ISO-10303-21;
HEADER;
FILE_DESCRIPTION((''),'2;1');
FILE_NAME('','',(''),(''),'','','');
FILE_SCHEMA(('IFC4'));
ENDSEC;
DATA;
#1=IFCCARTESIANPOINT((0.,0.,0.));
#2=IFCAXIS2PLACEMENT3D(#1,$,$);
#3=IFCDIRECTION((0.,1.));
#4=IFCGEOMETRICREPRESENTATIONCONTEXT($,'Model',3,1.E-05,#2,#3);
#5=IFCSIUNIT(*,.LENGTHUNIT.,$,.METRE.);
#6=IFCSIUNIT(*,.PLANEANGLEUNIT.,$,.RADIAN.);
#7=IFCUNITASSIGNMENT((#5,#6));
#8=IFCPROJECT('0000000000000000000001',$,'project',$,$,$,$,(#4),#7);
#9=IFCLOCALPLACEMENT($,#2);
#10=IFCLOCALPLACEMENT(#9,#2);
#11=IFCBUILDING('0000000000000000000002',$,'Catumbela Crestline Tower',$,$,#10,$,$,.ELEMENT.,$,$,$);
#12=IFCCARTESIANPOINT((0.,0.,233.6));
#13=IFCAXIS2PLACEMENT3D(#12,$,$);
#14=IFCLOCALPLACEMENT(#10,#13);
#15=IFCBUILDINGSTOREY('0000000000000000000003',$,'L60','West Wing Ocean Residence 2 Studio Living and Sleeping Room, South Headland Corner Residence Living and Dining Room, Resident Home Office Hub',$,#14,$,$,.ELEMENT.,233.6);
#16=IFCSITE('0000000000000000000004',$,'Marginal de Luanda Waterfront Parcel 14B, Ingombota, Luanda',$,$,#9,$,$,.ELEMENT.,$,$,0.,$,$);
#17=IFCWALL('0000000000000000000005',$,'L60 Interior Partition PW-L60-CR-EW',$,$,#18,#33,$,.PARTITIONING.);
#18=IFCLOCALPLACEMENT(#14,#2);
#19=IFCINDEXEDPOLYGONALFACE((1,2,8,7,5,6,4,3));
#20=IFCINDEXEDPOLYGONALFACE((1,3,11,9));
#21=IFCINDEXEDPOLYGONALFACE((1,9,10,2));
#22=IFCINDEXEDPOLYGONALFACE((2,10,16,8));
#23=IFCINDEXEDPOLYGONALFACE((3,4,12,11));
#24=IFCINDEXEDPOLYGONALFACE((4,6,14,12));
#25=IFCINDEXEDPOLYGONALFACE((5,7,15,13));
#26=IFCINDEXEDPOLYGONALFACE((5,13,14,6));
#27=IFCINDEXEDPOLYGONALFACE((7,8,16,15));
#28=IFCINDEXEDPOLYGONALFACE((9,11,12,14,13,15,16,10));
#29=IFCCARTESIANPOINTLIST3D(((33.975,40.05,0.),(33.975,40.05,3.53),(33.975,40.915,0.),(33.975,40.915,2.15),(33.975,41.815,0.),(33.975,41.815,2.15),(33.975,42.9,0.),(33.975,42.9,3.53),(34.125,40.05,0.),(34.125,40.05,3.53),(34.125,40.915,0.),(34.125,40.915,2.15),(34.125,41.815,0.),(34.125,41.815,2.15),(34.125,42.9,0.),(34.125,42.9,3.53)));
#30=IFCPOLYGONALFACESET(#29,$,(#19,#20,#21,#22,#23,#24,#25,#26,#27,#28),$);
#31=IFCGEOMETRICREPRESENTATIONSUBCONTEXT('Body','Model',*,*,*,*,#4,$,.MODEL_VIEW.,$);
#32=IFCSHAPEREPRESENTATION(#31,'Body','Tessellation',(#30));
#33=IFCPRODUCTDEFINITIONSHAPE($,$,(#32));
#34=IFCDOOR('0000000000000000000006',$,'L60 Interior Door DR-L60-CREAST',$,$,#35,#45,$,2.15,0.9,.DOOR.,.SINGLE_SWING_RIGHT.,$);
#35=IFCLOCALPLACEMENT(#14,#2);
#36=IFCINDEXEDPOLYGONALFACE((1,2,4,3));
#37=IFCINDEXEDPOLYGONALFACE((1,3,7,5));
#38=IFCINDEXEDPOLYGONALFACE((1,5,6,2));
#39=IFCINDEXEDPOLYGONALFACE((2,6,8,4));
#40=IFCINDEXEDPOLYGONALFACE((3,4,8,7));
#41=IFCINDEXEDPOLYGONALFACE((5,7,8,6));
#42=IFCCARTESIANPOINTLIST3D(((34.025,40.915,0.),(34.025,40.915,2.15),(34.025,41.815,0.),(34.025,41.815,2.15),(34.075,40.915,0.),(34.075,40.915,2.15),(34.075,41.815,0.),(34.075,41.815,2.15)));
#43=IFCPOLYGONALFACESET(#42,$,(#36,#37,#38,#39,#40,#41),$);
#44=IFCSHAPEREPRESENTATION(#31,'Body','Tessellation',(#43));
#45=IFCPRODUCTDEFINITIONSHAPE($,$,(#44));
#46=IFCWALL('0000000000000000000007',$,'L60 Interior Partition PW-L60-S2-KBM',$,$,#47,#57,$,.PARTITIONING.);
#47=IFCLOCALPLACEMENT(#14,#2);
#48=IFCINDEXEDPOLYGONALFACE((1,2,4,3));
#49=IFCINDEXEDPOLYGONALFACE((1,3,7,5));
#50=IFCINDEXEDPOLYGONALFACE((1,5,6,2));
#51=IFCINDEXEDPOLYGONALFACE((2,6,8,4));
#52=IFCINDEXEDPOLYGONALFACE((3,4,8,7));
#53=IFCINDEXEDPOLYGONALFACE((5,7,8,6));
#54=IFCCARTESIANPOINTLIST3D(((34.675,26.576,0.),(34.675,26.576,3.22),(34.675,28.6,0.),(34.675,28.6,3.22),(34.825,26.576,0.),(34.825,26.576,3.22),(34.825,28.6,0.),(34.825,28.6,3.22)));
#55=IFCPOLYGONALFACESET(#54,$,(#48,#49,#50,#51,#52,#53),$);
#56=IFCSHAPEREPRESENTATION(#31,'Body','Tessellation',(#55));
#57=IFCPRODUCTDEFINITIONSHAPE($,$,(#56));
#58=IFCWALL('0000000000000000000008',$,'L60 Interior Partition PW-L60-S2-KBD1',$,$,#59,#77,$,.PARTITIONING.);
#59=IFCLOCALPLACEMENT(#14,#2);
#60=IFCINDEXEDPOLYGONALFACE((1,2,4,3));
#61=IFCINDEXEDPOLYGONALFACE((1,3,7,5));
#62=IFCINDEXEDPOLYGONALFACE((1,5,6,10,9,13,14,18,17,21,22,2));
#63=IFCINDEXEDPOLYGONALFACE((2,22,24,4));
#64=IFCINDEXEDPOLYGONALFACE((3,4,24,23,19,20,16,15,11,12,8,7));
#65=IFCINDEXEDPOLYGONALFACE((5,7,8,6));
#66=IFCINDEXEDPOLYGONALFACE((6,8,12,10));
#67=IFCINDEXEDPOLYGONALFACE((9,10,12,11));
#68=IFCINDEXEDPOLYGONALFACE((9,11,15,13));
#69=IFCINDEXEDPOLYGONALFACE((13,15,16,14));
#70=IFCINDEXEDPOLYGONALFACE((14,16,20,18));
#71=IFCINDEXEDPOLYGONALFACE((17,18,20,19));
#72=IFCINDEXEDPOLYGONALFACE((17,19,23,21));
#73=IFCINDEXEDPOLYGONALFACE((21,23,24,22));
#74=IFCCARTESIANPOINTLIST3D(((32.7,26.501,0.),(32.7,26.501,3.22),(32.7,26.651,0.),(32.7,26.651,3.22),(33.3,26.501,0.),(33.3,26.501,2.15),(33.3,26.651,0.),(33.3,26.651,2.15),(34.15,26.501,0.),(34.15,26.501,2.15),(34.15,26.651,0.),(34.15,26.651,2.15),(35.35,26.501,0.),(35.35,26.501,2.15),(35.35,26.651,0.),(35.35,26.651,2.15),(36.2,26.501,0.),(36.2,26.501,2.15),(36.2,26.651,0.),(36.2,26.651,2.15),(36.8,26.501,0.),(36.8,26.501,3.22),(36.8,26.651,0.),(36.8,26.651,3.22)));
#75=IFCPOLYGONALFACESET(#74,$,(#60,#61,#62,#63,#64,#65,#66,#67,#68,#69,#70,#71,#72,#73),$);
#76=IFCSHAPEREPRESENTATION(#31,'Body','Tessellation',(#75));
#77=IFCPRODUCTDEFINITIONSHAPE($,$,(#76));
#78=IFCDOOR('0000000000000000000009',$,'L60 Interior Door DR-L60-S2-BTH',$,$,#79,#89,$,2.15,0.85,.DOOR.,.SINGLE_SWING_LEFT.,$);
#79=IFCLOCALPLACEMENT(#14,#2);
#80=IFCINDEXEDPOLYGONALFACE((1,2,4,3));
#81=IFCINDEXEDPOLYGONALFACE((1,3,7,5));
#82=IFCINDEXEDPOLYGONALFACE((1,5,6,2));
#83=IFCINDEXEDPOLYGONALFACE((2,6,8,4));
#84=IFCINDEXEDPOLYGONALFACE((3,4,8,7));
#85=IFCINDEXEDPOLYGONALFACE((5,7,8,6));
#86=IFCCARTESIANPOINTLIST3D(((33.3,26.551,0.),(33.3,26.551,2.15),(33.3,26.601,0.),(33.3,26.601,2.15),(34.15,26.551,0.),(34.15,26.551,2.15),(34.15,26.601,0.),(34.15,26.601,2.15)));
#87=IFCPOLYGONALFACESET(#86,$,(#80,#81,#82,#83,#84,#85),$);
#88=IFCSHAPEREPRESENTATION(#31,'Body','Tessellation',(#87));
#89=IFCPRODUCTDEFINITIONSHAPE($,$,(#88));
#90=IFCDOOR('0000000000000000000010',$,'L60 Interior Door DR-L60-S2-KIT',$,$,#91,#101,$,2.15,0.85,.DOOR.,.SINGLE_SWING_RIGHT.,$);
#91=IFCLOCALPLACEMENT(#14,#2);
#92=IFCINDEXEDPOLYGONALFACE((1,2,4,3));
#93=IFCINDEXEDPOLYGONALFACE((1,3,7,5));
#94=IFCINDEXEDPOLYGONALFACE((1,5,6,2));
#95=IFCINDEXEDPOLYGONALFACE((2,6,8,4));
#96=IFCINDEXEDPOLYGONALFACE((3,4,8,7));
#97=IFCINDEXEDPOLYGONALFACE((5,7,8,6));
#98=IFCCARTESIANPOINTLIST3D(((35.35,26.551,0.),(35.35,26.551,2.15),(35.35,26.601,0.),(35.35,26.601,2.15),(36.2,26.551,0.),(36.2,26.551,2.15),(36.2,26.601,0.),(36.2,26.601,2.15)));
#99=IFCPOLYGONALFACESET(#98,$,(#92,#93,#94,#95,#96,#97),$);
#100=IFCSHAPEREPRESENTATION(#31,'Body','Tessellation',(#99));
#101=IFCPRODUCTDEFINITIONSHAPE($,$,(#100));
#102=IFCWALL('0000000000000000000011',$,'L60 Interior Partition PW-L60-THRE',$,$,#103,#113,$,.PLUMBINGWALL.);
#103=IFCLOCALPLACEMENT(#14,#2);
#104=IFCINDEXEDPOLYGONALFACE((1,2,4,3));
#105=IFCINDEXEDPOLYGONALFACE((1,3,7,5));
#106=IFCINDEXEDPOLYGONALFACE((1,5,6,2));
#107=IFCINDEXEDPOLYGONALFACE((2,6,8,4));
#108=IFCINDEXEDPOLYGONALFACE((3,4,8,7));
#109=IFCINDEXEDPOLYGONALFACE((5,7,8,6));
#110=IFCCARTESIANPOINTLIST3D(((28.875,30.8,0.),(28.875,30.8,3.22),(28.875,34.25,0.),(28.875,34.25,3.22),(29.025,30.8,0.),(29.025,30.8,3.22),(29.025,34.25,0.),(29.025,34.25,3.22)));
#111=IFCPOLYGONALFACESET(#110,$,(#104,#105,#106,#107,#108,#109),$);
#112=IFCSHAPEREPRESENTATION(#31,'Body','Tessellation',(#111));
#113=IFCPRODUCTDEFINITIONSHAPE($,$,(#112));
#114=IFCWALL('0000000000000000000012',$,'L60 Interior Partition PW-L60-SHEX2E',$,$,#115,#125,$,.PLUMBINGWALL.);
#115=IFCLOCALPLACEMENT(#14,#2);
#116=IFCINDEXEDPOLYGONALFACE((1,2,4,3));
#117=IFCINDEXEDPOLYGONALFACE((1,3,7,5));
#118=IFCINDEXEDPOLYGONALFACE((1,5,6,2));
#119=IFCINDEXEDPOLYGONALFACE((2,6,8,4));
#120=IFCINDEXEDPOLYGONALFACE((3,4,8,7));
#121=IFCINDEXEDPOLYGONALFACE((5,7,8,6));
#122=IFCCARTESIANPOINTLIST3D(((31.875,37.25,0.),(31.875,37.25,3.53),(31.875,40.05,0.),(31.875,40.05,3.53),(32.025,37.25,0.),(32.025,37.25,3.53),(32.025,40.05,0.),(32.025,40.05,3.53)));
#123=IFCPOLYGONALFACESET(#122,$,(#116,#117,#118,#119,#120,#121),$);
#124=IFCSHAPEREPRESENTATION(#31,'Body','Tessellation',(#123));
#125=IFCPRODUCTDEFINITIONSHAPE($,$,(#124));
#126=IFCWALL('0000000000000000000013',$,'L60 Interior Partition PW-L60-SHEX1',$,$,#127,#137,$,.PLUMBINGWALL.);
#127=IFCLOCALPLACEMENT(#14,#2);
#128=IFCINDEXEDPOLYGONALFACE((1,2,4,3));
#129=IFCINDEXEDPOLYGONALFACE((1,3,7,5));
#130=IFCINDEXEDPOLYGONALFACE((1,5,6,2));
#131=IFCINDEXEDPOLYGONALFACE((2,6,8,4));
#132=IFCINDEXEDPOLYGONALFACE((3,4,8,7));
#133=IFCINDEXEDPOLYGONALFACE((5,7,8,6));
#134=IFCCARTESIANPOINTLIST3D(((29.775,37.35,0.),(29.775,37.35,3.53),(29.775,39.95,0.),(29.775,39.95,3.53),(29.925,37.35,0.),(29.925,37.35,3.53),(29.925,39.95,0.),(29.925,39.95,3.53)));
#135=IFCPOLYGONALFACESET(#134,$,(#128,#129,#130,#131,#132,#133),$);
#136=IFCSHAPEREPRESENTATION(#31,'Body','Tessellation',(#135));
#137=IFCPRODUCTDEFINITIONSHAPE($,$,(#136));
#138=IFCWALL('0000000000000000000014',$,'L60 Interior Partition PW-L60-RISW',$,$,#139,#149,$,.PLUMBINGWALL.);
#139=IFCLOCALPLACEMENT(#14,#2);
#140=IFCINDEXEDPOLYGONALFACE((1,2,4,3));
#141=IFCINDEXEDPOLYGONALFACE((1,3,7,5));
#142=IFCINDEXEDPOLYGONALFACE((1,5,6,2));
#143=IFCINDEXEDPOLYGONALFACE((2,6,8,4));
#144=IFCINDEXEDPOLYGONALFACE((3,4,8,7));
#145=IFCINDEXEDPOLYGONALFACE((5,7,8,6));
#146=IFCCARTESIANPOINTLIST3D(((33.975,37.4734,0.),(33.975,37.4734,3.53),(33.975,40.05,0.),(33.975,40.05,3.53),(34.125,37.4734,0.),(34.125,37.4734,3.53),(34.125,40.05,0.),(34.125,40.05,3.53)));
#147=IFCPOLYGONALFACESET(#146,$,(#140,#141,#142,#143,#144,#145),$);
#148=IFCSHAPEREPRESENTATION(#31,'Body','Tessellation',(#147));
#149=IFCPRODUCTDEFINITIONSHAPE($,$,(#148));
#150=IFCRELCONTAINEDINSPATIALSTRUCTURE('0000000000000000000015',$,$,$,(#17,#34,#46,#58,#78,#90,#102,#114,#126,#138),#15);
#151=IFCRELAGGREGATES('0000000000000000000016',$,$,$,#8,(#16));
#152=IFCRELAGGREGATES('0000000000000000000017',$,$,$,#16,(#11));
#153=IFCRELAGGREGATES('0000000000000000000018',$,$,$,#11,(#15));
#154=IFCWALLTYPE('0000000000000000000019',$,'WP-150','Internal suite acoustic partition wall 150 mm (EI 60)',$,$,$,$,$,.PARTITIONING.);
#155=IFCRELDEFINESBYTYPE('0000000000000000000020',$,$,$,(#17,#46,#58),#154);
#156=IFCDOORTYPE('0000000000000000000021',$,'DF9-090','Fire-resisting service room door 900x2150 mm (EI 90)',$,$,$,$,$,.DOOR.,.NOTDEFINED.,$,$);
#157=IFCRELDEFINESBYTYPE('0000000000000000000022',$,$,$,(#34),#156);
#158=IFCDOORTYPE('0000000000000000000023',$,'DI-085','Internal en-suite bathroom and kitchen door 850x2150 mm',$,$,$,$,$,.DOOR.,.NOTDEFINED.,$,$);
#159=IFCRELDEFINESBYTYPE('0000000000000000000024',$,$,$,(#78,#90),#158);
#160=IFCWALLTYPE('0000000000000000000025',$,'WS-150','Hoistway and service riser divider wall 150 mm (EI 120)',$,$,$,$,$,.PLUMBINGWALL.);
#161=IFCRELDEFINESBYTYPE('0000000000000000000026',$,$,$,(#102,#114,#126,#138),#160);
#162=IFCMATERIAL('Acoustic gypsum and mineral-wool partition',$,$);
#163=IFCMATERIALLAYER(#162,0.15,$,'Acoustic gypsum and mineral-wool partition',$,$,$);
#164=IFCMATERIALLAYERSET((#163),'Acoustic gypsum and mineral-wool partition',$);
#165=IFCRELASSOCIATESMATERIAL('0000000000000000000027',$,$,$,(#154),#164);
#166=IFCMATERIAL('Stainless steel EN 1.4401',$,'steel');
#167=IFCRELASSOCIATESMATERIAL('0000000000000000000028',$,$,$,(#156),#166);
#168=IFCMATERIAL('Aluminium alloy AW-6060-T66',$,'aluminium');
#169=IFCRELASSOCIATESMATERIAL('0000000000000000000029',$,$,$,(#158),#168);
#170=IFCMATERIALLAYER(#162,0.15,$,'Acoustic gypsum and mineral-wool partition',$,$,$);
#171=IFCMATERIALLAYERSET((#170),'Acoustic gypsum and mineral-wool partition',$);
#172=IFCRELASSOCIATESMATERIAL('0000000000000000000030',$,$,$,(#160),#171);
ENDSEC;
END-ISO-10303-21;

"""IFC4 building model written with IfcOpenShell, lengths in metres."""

from ifc_helpers import new_model, si_unit, direction, frame, frame_2d, origin, place, context, subcontext, project, spatial, rectangle, extrude, material, layer, layer_set, type_object, element, fill, save


model = new_model("IFC4")

# Units and contexts
model_context = context("Model", 3, precision=1e-05, world=origin(), true_north=direction((0.0, 1.0)))
body_context = subcontext(model_context, "Body", "Model", "MODEL_VIEW")
ifc_project = project(units=[si_unit("LENGTHUNIT", "METRE"), si_unit("PLANEANGLEUNIT", "RADIAN")], contexts=[model_context])

# Site, building, storey
site_placement = place(None, origin())
site = spatial("IfcSite", under=ifc_project, at=site_placement, Name="Marginal de Luanda Waterfront Parcel 14B, Ingombota, Luanda", CompositionType="ELEMENT", RefElevation=0.0)
building_placement = place(site_placement, origin())
building = spatial("IfcBuilding", under=site, at=building_placement, Name="Catumbela Crestline Tower", CompositionType="ELEMENT")
storey_placement = place(building_placement, frame((0.0, 0.0, 233.6)))
storey = spatial("IfcBuildingStorey", under=building, at=storey_placement, Name="L60", Description="West Wing Ocean Residence 2 Studio Living and Sleeping Room, South Headland Corner Residence Living and Dining Room, Resident Home Office Hub", CompositionType="ELEMENT", Elevation=233.6)

# Shared definitions
ifc_material_1 = material(Name="Stainless steel EN 1.4401", Category="steel")

# Shared definitions
ifc_material_2 = material(Name="Acoustic gypsum and mineral-wool partition")
ifc_layer_1 = layer(ifc_material_2, 0.15, Name="Acoustic gypsum and mineral-wool partition")
ifc_layer_set_1 = layer_set([ifc_layer_1], Name="Acoustic gypsum and mineral-wool partition")
wall_type_1 = type_object("IfcWallType", Name="WP-150", Description="Internal suite acoustic partition wall 150 mm (EI 60)", PredefinedType="PARTITIONING", material=ifc_layer_set_1)

# Wall, opening, door
wall_1_placement = place(storey_placement, frame((34.05, 40.05, 0.0), z_axis=(0.0, 0.0, 1.0), x_axis=(0.0, 1.0, 0.0)))
wall_1 = element("IfcWall", 1, at=wall_1_placement, inside=storey, type_object=wall_type_1, Name="L60 Interior Partition PW-L60-CR-EW", PredefinedType="PARTITIONING", context=body_context, shape_type="SweptSolid", body=[
    extrude(rectangle(XDim=2.85, YDim=0.15, at=frame_2d((1.425, 0.0))), origin(), (0.0, 0.0, 1.0), 3.53),
])
opening_1_placement = place(wall_1_placement, frame((0.865, 0.0, 0.0)))
opening_1 = element("IfcOpeningElement", 2, at=opening_1_placement, cuts=wall_1, PredefinedType="OPENING", context=body_context, shape_type="SweptSolid", body=[
    extrude(rectangle(XDim=0.9, YDim=2.15, at=frame_2d((0.45, 1.075))), frame((0.0, 0.085, 0.0), z_axis=(0.0, -1.0, 0.0), x_axis=(1.0, 0.0, 0.0)), (0.0, 0.0, 1.0), 0.17),
])
door_type_1 = type_object("IfcDoorType", Name="DF9-090", Description="Fire-resisting service room door 900x2150 mm (EI 90)", OperationType="NOTDEFINED", PredefinedType="DOOR", material=ifc_material_1)
door_1_placement = place(opening_1_placement, origin())
door_1 = element("IfcDoor", 3, at=door_1_placement, inside=storey, type_object=door_type_1, Name="L60 Interior Door DR-L60-CREAST", OperationType="SINGLE_SWING_RIGHT", OverallHeight=2.15, OverallWidth=0.9, PredefinedType="DOOR", context=body_context, shape_type="SweptSolid", body=[
    extrude(rectangle(XDim=0.9, YDim=2.15, at=frame_2d((0.45, 1.075))), frame((0.0, 0.025, 0.0), z_axis=(0.0, -1.0, 0.0), x_axis=(1.0, 0.0, 0.0)), (0.0, 0.0, 1.0), 0.05),
])
fill(opening_1, door_1)

# Wall
wall_2_placement = place(storey_placement, frame((34.75, 26.576, 0.0), z_axis=(0.0, 0.0, 1.0), x_axis=(0.0, 1.0, 0.0)))
element("IfcWall", 4, at=wall_2_placement, inside=storey, type_object=wall_type_1, Name="L60 Interior Partition PW-L60-S2-KBM", PredefinedType="PARTITIONING", context=body_context, shape_type="SweptSolid", body=[
    extrude(rectangle(XDim=2.024, YDim=0.15, at=frame_2d((1.012, 0.0))), origin(), (0.0, 0.0, 1.0), 3.22),
])

# Wall, openings, doors
wall_3_placement = place(storey_placement, frame((32.7, 26.576, 0.0), z_axis=(0.0, 0.0, 1.0), x_axis=(1.0, 0.0, 0.0)))
wall_3 = element("IfcWall", 5, at=wall_3_placement, inside=storey, type_object=wall_type_1, Name="L60 Interior Partition PW-L60-S2-KBD1", PredefinedType="PARTITIONING", context=body_context, shape_type="SweptSolid", body=[
    extrude(rectangle(XDim=4.1, YDim=0.15, at=frame_2d((2.05, 0.0))), origin(), (0.0, 0.0, 1.0), 3.22),
])
opening_2_placement = place(wall_3_placement, frame((0.6, 0.0, 0.0)))
opening_2 = element("IfcOpeningElement", 6, at=opening_2_placement, cuts=wall_3, PredefinedType="OPENING", context=body_context, shape_type="SweptSolid", body=[
    extrude(rectangle(XDim=0.85, YDim=2.15, at=frame_2d((0.425, 1.075))), frame((0.0, 0.085, 0.0), z_axis=(0.0, -1.0, 0.0), x_axis=(1.0, 0.0, 0.0)), (0.0, 0.0, 1.0), 0.17),
])
opening_3_placement = place(wall_3_placement, frame((2.65, 0.0, 0.0)))
opening_3 = element("IfcOpeningElement", 7, at=opening_3_placement, cuts=wall_3, PredefinedType="OPENING", context=body_context, shape_type="SweptSolid", body=[
    extrude(rectangle(XDim=0.85, YDim=2.15, at=frame_2d((0.425, 1.075))), frame((0.0, 0.085, 0.0), z_axis=(0.0, -1.0, 0.0), x_axis=(1.0, 0.0, 0.0)), (0.0, 0.0, 1.0), 0.17),
])
ifc_material_3 = material(Name="Aluminium alloy AW-6060-T66", Category="aluminium")
door_type_2 = type_object("IfcDoorType", Name="DI-085", Description="Internal en-suite bathroom and kitchen door 850x2150 mm", OperationType="NOTDEFINED", PredefinedType="DOOR", material=ifc_material_3)
door_2_placement = place(opening_2_placement, origin())
door_2 = element("IfcDoor", 8, at=door_2_placement, inside=storey, type_object=door_type_2, Name="L60 Interior Door DR-L60-S2-BTH", OperationType="SINGLE_SWING_LEFT", OverallHeight=2.15, OverallWidth=0.85, PredefinedType="DOOR", context=body_context, shape_type="SweptSolid", body=[
    extrude(rectangle(XDim=0.85, YDim=2.15, at=frame_2d((0.425, 1.075))), frame((0.0, 0.025, 0.0), z_axis=(0.0, -1.0, 0.0), x_axis=(1.0, 0.0, 0.0)), (0.0, 0.0, 1.0), 0.05),
])
fill(opening_2, door_2)
door_3_placement = place(opening_3_placement, origin())
door_3 = element("IfcDoor", 9, at=door_3_placement, inside=storey, type_object=door_type_2, Name="L60 Interior Door DR-L60-S2-KIT", OperationType="SINGLE_SWING_RIGHT", OverallHeight=2.15, OverallWidth=0.85, PredefinedType="DOOR", context=body_context, shape_type="SweptSolid", body=[
    extrude(rectangle(XDim=0.85, YDim=2.15, at=frame_2d((0.425, 1.075))), frame((0.0, 0.025, 0.0), z_axis=(0.0, -1.0, 0.0), x_axis=(1.0, 0.0, 0.0)), (0.0, 0.0, 1.0), 0.05),
])
fill(opening_3, door_3)

# Walls
ifc_layer_2 = layer(ifc_material_2, 0.15, Name="Acoustic gypsum and mineral-wool partition")
ifc_layer_set_2 = layer_set([ifc_layer_2], Name="Acoustic gypsum and mineral-wool partition")
wall_type_2 = type_object("IfcWallType", Name="WS-150", Description="Hoistway and service riser divider wall 150 mm (EI 120)", PredefinedType="PLUMBINGWALL", material=ifc_layer_set_2)
wall_4_placement = place(storey_placement, frame((28.95, 30.8, 0.0), z_axis=(0.0, 0.0, 1.0), x_axis=(0.0, 1.0, 0.0)))
element("IfcWall", 10, at=wall_4_placement, inside=storey, type_object=wall_type_2, Name="L60 Interior Partition PW-L60-THRE", PredefinedType="PLUMBINGWALL", context=body_context, shape_type="SweptSolid", body=[
    extrude(rectangle(XDim=3.45, YDim=0.15, at=frame_2d((1.725, 0.0))), origin(), (0.0, 0.0, 1.0), 3.22),
])
wall_5_placement = place(storey_placement, frame((31.95, 37.25, 0.0), z_axis=(0.0, 0.0, 1.0), x_axis=(0.0, 1.0, 0.0)))
element("IfcWall", 11, at=wall_5_placement, inside=storey, type_object=wall_type_2, Name="L60 Interior Partition PW-L60-SHEX2E", PredefinedType="PLUMBINGWALL", context=body_context, shape_type="SweptSolid", body=[
    extrude(rectangle(XDim=2.8, YDim=0.15, at=frame_2d((1.4, 0.0))), origin(), (0.0, 0.0, 1.0), 3.53),
])
wall_6_placement = place(storey_placement, frame((29.85, 37.35, 0.0), z_axis=(0.0, 0.0, 1.0), x_axis=(0.0, 1.0, 0.0)))
element("IfcWall", 12, at=wall_6_placement, inside=storey, type_object=wall_type_2, Name="L60 Interior Partition PW-L60-SHEX1", PredefinedType="PLUMBINGWALL", context=body_context, shape_type="SweptSolid", body=[
    extrude(rectangle(XDim=2.6, YDim=0.15, at=frame_2d((1.3, 0.0))), origin(), (0.0, 0.0, 1.0), 3.53),
])
wall_7_placement = place(storey_placement, frame((34.05, 37.4734, 0.0), z_axis=(0.0, 0.0, 1.0), x_axis=(0.0, 1.0, 0.0)))
element("IfcWall", 13, at=wall_7_placement, inside=storey, type_object=wall_type_2, Name="L60 Interior Partition PW-L60-RISW", PredefinedType="PLUMBINGWALL", context=body_context, shape_type="SweptSolid", body=[
    extrude(rectangle(XDim=2.5766, YDim=0.15, at=frame_2d((1.2883, 0.0))), origin(), (0.0, 0.0, 1.0), 3.53),
])

save(model, "model.ifc")
